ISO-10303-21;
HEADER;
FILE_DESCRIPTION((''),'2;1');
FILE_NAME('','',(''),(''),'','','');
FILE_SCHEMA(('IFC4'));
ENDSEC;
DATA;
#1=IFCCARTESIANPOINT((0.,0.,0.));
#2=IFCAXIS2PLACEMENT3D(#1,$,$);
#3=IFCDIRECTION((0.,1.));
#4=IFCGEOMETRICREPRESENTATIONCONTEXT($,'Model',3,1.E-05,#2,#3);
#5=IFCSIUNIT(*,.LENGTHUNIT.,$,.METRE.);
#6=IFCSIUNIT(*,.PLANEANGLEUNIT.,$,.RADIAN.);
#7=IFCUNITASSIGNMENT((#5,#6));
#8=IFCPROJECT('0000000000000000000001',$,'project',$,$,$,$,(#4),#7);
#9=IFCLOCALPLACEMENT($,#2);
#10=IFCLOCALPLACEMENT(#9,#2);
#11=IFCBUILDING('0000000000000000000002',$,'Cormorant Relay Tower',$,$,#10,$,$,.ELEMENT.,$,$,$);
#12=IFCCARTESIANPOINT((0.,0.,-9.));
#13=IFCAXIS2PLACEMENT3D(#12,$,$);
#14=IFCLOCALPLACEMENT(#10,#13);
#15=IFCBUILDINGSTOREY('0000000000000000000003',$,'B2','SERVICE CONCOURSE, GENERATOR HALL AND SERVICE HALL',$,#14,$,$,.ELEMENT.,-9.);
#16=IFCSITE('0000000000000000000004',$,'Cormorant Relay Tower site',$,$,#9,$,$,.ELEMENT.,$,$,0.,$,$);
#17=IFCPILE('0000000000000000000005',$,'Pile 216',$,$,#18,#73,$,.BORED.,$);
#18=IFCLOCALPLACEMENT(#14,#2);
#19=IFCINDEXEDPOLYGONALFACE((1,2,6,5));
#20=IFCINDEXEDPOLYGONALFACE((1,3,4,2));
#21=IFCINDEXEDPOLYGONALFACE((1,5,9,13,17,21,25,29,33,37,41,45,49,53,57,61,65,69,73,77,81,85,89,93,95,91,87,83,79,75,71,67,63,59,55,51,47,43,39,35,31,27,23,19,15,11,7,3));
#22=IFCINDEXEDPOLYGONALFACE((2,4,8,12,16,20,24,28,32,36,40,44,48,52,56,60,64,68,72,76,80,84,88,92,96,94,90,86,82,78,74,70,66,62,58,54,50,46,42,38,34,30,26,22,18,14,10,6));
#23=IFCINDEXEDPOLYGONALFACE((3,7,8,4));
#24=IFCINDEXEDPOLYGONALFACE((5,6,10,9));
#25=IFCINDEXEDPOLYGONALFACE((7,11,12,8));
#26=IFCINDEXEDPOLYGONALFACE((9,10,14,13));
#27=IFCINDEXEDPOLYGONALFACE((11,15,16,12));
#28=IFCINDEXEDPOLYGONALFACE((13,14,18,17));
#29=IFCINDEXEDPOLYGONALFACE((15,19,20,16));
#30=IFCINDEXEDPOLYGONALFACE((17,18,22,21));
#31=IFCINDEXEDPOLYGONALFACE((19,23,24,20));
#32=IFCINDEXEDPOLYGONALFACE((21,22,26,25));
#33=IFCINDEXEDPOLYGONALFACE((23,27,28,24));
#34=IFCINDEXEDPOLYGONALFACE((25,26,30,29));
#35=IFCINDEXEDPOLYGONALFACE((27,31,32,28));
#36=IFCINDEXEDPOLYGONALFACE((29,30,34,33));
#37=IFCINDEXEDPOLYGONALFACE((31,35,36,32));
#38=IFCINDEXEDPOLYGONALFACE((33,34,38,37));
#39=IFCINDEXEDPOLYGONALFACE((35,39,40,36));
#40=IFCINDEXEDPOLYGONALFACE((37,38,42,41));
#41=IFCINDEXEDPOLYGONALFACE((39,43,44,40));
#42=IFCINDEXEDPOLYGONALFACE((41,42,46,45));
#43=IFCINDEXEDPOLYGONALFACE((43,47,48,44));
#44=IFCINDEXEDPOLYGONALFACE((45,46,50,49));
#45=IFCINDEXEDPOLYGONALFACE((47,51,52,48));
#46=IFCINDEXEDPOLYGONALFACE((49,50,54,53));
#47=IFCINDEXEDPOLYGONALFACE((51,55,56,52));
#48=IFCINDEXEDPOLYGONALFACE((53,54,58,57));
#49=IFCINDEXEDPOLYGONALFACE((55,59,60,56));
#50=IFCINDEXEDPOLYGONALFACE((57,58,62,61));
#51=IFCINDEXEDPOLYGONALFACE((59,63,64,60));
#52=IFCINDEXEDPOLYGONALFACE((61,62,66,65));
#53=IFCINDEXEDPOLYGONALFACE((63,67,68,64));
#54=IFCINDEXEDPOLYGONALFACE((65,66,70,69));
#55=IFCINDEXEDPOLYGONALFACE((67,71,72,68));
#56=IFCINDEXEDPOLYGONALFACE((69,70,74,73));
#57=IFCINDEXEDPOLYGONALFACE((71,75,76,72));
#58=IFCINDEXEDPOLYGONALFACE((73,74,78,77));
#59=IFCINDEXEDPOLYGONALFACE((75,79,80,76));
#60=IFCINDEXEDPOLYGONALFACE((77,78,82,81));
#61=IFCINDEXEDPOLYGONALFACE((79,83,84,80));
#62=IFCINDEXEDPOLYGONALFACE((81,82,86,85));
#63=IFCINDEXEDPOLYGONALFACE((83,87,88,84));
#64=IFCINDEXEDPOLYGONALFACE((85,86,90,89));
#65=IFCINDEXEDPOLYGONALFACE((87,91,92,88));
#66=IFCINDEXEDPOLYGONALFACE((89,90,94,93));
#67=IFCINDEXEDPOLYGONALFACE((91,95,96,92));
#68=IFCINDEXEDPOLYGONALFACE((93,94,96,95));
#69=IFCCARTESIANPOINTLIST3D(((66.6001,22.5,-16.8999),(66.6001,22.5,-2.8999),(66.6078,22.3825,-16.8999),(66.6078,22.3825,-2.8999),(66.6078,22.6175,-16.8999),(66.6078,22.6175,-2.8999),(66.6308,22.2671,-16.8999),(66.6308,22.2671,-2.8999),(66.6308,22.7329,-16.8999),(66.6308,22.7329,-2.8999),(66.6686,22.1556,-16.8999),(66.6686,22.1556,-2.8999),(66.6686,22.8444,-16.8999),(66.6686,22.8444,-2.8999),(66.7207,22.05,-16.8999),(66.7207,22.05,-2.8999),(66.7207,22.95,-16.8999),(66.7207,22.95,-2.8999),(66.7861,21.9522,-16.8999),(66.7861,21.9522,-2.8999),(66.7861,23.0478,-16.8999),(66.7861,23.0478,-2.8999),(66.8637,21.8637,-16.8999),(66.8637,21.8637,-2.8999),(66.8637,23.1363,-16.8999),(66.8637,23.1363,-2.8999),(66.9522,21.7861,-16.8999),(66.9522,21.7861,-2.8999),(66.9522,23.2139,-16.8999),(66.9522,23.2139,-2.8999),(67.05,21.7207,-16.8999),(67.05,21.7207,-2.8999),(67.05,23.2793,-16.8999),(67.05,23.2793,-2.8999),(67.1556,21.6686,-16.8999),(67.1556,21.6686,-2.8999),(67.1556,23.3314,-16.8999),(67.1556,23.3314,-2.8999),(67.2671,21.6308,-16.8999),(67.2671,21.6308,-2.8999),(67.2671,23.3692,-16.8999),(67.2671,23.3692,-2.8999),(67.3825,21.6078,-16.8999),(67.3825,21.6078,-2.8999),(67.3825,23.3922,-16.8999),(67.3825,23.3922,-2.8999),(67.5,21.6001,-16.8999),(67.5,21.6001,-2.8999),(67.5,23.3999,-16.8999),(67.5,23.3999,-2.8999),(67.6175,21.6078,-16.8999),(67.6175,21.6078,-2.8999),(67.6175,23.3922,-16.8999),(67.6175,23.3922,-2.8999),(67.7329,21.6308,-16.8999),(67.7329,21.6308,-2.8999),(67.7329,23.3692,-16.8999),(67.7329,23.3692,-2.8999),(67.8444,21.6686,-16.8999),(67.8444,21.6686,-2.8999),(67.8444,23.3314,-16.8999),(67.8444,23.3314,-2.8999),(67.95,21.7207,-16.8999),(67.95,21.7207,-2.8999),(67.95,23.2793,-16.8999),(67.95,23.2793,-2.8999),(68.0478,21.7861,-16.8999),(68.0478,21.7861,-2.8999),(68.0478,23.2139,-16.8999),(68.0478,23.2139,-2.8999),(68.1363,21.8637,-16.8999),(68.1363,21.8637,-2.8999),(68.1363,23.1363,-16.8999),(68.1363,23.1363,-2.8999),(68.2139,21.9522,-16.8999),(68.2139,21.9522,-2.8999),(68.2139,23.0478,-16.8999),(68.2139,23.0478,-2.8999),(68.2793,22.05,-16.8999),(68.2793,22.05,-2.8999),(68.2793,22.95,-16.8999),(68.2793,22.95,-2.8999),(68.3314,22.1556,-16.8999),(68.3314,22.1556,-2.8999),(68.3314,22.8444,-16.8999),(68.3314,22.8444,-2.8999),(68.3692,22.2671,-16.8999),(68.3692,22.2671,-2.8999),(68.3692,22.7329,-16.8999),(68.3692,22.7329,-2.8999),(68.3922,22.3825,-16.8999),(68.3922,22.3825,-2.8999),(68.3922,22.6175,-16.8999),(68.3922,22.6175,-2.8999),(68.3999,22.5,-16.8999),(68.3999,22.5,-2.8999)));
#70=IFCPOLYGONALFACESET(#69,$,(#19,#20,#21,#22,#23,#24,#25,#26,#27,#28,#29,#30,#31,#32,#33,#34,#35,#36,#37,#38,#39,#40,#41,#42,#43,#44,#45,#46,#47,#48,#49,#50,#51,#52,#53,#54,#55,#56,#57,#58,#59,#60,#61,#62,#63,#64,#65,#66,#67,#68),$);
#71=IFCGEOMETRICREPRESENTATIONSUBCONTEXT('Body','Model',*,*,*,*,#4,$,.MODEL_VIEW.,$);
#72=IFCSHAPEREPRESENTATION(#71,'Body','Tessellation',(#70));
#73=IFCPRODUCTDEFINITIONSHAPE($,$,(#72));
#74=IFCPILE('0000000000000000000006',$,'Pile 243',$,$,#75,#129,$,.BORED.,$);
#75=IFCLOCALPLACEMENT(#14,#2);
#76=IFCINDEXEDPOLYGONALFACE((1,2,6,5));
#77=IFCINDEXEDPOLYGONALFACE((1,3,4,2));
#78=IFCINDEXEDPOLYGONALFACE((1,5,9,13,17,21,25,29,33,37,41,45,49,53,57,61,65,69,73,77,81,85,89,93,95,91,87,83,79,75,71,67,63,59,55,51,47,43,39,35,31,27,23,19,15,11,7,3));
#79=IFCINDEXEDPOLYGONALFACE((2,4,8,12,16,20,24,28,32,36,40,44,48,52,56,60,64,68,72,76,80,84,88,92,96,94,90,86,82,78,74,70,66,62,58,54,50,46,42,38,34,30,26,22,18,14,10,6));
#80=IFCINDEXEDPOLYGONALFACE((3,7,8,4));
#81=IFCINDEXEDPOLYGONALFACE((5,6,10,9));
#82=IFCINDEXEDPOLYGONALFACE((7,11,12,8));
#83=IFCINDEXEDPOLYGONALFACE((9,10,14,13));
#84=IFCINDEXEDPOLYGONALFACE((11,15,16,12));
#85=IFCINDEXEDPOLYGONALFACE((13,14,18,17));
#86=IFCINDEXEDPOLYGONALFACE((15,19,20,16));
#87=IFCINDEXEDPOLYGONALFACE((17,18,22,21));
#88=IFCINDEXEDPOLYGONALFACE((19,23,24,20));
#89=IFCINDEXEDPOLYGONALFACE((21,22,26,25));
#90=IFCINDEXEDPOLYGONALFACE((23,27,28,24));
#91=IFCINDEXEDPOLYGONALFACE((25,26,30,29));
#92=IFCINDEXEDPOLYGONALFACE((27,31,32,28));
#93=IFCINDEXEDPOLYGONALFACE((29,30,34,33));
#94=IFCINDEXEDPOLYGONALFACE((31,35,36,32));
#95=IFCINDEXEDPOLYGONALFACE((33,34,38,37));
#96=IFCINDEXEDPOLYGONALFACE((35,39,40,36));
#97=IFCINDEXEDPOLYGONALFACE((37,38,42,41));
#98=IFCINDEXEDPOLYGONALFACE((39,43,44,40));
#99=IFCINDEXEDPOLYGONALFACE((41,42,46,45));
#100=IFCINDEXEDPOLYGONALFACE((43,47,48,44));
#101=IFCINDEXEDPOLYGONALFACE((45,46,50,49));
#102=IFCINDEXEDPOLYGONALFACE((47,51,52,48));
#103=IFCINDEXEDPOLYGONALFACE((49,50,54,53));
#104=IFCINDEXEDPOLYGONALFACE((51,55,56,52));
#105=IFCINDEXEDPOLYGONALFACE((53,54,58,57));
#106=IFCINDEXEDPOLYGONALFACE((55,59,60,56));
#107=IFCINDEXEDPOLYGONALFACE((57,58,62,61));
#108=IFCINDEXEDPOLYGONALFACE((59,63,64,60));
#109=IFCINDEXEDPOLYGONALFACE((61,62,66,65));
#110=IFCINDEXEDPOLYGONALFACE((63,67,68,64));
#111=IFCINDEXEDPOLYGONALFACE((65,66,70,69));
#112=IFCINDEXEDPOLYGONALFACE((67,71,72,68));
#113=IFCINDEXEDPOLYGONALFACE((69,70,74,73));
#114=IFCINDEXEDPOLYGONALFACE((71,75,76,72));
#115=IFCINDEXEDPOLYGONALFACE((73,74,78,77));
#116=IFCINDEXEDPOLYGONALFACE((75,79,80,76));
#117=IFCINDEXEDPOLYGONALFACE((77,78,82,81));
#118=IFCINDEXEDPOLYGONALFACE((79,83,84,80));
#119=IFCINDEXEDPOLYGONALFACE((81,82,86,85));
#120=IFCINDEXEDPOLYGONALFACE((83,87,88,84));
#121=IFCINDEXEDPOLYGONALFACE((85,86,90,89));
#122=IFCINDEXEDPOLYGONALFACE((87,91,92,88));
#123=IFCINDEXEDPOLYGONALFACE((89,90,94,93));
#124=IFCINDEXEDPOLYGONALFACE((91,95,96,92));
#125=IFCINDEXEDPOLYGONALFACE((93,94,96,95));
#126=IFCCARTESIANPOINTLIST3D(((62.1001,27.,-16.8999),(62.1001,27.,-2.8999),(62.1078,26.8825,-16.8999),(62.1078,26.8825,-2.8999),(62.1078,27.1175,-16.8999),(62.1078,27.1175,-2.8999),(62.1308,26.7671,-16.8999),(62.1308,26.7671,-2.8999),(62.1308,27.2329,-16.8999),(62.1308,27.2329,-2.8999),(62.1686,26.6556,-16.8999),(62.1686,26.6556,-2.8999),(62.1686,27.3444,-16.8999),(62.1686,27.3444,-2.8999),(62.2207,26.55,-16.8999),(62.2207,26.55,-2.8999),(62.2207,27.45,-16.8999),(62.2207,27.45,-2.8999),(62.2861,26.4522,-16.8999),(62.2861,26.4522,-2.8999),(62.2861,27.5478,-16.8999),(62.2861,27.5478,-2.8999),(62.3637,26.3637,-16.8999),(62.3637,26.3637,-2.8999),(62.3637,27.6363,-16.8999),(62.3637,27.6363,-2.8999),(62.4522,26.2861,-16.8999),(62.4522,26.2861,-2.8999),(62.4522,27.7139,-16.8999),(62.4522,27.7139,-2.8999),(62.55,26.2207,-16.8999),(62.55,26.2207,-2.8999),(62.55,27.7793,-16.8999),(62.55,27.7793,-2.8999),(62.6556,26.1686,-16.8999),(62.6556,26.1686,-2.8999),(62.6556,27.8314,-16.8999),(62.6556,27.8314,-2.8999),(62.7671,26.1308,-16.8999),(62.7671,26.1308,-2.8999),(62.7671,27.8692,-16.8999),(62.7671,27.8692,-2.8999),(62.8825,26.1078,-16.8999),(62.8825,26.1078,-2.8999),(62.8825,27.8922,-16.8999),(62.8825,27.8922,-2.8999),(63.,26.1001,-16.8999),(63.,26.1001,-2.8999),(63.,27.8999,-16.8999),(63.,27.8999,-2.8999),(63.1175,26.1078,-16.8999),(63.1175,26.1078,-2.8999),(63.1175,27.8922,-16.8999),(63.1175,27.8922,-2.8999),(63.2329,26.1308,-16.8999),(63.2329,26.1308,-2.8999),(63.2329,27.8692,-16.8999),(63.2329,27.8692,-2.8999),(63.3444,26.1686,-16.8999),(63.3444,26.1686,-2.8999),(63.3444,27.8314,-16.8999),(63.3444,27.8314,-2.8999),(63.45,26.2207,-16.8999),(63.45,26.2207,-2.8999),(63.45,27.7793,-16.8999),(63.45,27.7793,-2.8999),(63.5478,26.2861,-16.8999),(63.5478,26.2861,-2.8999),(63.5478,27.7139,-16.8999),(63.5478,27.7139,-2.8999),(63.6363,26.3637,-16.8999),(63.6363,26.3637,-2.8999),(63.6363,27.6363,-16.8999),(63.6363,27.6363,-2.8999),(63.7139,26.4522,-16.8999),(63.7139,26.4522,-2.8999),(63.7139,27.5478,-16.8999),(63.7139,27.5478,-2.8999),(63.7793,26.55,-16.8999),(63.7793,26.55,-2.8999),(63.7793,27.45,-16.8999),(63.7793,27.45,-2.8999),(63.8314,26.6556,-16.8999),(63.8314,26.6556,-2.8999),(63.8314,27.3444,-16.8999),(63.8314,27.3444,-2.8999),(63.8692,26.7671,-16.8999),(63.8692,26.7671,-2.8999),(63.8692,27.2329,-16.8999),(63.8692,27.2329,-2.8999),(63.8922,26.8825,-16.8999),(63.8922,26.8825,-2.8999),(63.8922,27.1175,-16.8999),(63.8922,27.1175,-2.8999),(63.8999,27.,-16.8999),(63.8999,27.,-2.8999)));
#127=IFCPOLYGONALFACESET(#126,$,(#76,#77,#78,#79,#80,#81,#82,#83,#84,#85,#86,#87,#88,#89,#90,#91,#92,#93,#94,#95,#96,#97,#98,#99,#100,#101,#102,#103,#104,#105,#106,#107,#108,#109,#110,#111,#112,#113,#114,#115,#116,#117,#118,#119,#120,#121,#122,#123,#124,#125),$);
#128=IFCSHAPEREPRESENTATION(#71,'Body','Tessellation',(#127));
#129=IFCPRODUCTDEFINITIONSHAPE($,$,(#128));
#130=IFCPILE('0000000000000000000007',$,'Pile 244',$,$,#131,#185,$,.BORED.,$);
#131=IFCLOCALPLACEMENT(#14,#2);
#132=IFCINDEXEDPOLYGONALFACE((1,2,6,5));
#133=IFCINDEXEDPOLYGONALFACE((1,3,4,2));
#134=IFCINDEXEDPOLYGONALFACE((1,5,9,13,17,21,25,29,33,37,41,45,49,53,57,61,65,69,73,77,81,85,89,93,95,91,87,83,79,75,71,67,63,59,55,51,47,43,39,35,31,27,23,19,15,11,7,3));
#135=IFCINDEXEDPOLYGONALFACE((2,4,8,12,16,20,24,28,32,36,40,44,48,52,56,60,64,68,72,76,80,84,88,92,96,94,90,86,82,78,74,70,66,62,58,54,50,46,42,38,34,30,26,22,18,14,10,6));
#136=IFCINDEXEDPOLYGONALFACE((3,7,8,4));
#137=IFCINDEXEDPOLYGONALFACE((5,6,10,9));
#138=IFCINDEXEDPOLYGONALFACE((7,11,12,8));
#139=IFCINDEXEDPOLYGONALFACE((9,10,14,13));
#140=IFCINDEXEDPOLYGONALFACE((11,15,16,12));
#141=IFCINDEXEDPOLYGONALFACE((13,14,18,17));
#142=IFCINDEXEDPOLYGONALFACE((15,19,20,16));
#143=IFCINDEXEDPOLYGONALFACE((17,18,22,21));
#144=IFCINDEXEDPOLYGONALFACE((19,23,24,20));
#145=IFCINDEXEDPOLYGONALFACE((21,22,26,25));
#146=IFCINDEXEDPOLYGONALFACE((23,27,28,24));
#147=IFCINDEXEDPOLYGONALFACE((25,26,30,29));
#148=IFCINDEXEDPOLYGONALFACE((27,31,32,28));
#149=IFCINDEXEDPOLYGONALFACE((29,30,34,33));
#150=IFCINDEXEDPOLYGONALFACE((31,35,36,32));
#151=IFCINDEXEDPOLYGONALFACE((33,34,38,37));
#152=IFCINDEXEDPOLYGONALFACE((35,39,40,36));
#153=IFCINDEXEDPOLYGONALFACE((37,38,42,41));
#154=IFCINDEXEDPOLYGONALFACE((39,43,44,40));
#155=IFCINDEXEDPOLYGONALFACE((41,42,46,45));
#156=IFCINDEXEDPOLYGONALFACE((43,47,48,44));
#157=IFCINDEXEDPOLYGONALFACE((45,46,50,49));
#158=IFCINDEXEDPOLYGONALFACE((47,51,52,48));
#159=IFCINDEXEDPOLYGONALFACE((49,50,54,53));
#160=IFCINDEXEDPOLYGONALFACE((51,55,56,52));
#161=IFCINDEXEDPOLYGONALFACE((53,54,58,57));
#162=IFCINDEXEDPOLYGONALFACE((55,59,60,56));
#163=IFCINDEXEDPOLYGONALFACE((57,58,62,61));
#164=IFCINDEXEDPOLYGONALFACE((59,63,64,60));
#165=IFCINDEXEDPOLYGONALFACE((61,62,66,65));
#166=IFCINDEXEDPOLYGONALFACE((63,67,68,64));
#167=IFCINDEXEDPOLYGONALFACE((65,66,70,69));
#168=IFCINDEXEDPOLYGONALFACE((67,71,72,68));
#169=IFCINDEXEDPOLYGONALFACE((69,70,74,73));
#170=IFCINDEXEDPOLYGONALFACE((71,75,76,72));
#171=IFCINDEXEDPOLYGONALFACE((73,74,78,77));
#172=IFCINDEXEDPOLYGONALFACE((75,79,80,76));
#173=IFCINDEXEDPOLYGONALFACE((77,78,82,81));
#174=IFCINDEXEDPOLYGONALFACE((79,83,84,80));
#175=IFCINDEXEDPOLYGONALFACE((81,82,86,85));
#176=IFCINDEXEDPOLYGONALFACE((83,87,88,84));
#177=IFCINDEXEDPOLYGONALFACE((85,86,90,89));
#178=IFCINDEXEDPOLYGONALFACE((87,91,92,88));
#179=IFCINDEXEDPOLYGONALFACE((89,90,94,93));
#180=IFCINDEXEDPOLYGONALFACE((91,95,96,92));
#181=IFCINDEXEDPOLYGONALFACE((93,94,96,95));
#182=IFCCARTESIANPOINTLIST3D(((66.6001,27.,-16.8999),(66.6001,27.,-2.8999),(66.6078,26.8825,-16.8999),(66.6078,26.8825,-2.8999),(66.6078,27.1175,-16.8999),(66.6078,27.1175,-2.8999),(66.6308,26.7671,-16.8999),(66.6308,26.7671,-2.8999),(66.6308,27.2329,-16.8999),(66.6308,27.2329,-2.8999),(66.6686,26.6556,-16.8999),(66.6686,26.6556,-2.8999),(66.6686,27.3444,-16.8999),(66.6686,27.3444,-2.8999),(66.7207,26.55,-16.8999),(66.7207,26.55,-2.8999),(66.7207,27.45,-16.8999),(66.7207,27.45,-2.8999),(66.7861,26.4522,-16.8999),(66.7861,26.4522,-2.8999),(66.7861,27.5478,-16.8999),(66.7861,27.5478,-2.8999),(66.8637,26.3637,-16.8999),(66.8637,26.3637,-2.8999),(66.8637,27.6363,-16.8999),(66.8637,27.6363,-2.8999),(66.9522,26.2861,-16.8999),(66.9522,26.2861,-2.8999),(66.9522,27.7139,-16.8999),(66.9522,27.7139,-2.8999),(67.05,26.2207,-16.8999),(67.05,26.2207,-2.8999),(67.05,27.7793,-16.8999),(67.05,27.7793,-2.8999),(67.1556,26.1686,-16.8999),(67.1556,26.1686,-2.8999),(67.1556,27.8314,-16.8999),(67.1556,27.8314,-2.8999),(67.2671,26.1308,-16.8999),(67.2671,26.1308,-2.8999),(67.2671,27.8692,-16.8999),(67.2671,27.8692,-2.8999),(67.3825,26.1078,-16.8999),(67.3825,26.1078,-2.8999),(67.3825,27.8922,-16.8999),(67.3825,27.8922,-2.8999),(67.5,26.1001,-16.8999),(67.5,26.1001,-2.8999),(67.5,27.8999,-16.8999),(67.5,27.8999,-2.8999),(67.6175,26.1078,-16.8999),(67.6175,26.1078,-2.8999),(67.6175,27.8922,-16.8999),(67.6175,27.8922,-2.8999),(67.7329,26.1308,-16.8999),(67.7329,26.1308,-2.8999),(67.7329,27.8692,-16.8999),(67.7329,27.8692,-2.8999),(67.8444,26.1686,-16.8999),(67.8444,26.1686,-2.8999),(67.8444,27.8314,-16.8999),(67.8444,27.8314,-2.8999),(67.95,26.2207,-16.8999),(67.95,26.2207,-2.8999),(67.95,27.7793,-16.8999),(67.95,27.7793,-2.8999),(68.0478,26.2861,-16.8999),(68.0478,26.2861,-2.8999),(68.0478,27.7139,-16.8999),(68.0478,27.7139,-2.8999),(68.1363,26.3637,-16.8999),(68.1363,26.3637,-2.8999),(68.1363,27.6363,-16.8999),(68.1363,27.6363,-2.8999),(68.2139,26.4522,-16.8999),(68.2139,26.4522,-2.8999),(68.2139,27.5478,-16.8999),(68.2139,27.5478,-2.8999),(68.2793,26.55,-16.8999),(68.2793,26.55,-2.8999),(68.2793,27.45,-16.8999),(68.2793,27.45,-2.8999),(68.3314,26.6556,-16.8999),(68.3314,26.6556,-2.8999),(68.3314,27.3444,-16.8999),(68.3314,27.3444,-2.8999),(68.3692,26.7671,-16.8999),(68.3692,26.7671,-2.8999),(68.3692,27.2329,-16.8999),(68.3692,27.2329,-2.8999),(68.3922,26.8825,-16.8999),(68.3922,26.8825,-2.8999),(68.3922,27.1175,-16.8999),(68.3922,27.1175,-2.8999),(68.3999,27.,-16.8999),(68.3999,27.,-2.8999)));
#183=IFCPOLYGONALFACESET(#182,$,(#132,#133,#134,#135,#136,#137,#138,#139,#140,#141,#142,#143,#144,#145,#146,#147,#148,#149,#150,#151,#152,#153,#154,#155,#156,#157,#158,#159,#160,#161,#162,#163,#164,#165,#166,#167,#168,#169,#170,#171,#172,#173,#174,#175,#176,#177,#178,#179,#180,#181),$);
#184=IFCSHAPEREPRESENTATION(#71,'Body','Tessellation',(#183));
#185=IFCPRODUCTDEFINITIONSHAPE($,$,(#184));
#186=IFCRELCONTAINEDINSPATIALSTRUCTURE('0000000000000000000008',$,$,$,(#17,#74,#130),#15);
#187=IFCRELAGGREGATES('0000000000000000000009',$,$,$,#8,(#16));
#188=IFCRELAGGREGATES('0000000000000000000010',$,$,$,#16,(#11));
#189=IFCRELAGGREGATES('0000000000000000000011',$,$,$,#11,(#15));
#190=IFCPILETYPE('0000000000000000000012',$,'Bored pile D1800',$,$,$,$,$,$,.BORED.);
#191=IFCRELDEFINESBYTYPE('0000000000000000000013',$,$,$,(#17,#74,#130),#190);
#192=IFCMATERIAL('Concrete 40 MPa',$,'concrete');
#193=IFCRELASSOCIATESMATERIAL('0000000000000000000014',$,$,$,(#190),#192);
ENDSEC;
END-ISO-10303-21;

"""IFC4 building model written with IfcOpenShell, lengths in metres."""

from ifc_helpers import new_model, si_unit, direction, frame, origin, origin_2d, place, context, subcontext, project, spatial, circle, extrude, material, material_profile, profile_set, type_object, element, save


model = new_model("IFC4")

# Units and contexts
model_context = context("Model", 3, precision=1e-05, world=origin(), true_north=direction((0.0, 1.0)))
body_context = subcontext(model_context, "Body", "Model", "MODEL_VIEW")
ifc_project = project(units=[si_unit("LENGTHUNIT", "METRE"), si_unit("PLANEANGLEUNIT", "RADIAN")], contexts=[model_context])

# Site, building, storey
site_placement = place(None, origin())
site = spatial("IfcSite", under=ifc_project, at=site_placement, Name="Cormorant Relay Tower site", CompositionType="ELEMENT", RefElevation=0.0)
building_placement = place(site_placement, origin())
building = spatial("IfcBuilding", under=site, at=building_placement, Name="Cormorant Relay Tower", CompositionType="ELEMENT")
storey_placement = place(building_placement, frame((0.0, 0.0, -9.0)))
storey = spatial("IfcBuildingStorey", under=building, at=storey_placement, Name="B2", Description="SERVICE CONCOURSE, GENERATOR HALL AND SERVICE HALL", CompositionType="ELEMENT", Elevation=-9.0)

# Piles
ifc_material_1 = material(Name="Concrete 40 MPa", Category="concrete")
ifc_material_profile_1 = material_profile(ifc_material_1, circle(Radius=0.8999, at=origin_2d()), Name="BP1800")
ifc_profile_set_1 = profile_set([ifc_material_profile_1], Name="Concrete 40 MPa")
pile_type = type_object("IfcPileType", Name="Bored pile D1800", PredefinedType="BORED", material=ifc_profile_set_1)
for number, where, z_axis, x_axis, name in (
    (1, (67.5, 22.5, -2.8999), (0.0, 0.0, -1.0), (1.0, 0.0, 0.0), "Pile 216"),
    (2, (63.0, 27.0, -2.8999), (0.0, 0.0, -1.0), (1.0, 0.0, 0.0), "Pile 243"),
    (3, (67.5, 27.0, -2.8999), (0.0, 0.0, -1.0), (1.0, 0.0, 0.0), "Pile 244"),
):
    element("IfcPile", number, at=place(storey_placement, frame(where, z_axis=z_axis, x_axis=x_axis)), inside=storey, type_object=pile_type, Name=name, PredefinedType="BORED", context=body_context, shape_type="SweptSolid", body=[
        extrude(circle(Radius=0.8999, at=origin_2d()), origin(), (0.0, 0.0, 1.0), 14.0),
    ])

save(model, "model.ifc")
